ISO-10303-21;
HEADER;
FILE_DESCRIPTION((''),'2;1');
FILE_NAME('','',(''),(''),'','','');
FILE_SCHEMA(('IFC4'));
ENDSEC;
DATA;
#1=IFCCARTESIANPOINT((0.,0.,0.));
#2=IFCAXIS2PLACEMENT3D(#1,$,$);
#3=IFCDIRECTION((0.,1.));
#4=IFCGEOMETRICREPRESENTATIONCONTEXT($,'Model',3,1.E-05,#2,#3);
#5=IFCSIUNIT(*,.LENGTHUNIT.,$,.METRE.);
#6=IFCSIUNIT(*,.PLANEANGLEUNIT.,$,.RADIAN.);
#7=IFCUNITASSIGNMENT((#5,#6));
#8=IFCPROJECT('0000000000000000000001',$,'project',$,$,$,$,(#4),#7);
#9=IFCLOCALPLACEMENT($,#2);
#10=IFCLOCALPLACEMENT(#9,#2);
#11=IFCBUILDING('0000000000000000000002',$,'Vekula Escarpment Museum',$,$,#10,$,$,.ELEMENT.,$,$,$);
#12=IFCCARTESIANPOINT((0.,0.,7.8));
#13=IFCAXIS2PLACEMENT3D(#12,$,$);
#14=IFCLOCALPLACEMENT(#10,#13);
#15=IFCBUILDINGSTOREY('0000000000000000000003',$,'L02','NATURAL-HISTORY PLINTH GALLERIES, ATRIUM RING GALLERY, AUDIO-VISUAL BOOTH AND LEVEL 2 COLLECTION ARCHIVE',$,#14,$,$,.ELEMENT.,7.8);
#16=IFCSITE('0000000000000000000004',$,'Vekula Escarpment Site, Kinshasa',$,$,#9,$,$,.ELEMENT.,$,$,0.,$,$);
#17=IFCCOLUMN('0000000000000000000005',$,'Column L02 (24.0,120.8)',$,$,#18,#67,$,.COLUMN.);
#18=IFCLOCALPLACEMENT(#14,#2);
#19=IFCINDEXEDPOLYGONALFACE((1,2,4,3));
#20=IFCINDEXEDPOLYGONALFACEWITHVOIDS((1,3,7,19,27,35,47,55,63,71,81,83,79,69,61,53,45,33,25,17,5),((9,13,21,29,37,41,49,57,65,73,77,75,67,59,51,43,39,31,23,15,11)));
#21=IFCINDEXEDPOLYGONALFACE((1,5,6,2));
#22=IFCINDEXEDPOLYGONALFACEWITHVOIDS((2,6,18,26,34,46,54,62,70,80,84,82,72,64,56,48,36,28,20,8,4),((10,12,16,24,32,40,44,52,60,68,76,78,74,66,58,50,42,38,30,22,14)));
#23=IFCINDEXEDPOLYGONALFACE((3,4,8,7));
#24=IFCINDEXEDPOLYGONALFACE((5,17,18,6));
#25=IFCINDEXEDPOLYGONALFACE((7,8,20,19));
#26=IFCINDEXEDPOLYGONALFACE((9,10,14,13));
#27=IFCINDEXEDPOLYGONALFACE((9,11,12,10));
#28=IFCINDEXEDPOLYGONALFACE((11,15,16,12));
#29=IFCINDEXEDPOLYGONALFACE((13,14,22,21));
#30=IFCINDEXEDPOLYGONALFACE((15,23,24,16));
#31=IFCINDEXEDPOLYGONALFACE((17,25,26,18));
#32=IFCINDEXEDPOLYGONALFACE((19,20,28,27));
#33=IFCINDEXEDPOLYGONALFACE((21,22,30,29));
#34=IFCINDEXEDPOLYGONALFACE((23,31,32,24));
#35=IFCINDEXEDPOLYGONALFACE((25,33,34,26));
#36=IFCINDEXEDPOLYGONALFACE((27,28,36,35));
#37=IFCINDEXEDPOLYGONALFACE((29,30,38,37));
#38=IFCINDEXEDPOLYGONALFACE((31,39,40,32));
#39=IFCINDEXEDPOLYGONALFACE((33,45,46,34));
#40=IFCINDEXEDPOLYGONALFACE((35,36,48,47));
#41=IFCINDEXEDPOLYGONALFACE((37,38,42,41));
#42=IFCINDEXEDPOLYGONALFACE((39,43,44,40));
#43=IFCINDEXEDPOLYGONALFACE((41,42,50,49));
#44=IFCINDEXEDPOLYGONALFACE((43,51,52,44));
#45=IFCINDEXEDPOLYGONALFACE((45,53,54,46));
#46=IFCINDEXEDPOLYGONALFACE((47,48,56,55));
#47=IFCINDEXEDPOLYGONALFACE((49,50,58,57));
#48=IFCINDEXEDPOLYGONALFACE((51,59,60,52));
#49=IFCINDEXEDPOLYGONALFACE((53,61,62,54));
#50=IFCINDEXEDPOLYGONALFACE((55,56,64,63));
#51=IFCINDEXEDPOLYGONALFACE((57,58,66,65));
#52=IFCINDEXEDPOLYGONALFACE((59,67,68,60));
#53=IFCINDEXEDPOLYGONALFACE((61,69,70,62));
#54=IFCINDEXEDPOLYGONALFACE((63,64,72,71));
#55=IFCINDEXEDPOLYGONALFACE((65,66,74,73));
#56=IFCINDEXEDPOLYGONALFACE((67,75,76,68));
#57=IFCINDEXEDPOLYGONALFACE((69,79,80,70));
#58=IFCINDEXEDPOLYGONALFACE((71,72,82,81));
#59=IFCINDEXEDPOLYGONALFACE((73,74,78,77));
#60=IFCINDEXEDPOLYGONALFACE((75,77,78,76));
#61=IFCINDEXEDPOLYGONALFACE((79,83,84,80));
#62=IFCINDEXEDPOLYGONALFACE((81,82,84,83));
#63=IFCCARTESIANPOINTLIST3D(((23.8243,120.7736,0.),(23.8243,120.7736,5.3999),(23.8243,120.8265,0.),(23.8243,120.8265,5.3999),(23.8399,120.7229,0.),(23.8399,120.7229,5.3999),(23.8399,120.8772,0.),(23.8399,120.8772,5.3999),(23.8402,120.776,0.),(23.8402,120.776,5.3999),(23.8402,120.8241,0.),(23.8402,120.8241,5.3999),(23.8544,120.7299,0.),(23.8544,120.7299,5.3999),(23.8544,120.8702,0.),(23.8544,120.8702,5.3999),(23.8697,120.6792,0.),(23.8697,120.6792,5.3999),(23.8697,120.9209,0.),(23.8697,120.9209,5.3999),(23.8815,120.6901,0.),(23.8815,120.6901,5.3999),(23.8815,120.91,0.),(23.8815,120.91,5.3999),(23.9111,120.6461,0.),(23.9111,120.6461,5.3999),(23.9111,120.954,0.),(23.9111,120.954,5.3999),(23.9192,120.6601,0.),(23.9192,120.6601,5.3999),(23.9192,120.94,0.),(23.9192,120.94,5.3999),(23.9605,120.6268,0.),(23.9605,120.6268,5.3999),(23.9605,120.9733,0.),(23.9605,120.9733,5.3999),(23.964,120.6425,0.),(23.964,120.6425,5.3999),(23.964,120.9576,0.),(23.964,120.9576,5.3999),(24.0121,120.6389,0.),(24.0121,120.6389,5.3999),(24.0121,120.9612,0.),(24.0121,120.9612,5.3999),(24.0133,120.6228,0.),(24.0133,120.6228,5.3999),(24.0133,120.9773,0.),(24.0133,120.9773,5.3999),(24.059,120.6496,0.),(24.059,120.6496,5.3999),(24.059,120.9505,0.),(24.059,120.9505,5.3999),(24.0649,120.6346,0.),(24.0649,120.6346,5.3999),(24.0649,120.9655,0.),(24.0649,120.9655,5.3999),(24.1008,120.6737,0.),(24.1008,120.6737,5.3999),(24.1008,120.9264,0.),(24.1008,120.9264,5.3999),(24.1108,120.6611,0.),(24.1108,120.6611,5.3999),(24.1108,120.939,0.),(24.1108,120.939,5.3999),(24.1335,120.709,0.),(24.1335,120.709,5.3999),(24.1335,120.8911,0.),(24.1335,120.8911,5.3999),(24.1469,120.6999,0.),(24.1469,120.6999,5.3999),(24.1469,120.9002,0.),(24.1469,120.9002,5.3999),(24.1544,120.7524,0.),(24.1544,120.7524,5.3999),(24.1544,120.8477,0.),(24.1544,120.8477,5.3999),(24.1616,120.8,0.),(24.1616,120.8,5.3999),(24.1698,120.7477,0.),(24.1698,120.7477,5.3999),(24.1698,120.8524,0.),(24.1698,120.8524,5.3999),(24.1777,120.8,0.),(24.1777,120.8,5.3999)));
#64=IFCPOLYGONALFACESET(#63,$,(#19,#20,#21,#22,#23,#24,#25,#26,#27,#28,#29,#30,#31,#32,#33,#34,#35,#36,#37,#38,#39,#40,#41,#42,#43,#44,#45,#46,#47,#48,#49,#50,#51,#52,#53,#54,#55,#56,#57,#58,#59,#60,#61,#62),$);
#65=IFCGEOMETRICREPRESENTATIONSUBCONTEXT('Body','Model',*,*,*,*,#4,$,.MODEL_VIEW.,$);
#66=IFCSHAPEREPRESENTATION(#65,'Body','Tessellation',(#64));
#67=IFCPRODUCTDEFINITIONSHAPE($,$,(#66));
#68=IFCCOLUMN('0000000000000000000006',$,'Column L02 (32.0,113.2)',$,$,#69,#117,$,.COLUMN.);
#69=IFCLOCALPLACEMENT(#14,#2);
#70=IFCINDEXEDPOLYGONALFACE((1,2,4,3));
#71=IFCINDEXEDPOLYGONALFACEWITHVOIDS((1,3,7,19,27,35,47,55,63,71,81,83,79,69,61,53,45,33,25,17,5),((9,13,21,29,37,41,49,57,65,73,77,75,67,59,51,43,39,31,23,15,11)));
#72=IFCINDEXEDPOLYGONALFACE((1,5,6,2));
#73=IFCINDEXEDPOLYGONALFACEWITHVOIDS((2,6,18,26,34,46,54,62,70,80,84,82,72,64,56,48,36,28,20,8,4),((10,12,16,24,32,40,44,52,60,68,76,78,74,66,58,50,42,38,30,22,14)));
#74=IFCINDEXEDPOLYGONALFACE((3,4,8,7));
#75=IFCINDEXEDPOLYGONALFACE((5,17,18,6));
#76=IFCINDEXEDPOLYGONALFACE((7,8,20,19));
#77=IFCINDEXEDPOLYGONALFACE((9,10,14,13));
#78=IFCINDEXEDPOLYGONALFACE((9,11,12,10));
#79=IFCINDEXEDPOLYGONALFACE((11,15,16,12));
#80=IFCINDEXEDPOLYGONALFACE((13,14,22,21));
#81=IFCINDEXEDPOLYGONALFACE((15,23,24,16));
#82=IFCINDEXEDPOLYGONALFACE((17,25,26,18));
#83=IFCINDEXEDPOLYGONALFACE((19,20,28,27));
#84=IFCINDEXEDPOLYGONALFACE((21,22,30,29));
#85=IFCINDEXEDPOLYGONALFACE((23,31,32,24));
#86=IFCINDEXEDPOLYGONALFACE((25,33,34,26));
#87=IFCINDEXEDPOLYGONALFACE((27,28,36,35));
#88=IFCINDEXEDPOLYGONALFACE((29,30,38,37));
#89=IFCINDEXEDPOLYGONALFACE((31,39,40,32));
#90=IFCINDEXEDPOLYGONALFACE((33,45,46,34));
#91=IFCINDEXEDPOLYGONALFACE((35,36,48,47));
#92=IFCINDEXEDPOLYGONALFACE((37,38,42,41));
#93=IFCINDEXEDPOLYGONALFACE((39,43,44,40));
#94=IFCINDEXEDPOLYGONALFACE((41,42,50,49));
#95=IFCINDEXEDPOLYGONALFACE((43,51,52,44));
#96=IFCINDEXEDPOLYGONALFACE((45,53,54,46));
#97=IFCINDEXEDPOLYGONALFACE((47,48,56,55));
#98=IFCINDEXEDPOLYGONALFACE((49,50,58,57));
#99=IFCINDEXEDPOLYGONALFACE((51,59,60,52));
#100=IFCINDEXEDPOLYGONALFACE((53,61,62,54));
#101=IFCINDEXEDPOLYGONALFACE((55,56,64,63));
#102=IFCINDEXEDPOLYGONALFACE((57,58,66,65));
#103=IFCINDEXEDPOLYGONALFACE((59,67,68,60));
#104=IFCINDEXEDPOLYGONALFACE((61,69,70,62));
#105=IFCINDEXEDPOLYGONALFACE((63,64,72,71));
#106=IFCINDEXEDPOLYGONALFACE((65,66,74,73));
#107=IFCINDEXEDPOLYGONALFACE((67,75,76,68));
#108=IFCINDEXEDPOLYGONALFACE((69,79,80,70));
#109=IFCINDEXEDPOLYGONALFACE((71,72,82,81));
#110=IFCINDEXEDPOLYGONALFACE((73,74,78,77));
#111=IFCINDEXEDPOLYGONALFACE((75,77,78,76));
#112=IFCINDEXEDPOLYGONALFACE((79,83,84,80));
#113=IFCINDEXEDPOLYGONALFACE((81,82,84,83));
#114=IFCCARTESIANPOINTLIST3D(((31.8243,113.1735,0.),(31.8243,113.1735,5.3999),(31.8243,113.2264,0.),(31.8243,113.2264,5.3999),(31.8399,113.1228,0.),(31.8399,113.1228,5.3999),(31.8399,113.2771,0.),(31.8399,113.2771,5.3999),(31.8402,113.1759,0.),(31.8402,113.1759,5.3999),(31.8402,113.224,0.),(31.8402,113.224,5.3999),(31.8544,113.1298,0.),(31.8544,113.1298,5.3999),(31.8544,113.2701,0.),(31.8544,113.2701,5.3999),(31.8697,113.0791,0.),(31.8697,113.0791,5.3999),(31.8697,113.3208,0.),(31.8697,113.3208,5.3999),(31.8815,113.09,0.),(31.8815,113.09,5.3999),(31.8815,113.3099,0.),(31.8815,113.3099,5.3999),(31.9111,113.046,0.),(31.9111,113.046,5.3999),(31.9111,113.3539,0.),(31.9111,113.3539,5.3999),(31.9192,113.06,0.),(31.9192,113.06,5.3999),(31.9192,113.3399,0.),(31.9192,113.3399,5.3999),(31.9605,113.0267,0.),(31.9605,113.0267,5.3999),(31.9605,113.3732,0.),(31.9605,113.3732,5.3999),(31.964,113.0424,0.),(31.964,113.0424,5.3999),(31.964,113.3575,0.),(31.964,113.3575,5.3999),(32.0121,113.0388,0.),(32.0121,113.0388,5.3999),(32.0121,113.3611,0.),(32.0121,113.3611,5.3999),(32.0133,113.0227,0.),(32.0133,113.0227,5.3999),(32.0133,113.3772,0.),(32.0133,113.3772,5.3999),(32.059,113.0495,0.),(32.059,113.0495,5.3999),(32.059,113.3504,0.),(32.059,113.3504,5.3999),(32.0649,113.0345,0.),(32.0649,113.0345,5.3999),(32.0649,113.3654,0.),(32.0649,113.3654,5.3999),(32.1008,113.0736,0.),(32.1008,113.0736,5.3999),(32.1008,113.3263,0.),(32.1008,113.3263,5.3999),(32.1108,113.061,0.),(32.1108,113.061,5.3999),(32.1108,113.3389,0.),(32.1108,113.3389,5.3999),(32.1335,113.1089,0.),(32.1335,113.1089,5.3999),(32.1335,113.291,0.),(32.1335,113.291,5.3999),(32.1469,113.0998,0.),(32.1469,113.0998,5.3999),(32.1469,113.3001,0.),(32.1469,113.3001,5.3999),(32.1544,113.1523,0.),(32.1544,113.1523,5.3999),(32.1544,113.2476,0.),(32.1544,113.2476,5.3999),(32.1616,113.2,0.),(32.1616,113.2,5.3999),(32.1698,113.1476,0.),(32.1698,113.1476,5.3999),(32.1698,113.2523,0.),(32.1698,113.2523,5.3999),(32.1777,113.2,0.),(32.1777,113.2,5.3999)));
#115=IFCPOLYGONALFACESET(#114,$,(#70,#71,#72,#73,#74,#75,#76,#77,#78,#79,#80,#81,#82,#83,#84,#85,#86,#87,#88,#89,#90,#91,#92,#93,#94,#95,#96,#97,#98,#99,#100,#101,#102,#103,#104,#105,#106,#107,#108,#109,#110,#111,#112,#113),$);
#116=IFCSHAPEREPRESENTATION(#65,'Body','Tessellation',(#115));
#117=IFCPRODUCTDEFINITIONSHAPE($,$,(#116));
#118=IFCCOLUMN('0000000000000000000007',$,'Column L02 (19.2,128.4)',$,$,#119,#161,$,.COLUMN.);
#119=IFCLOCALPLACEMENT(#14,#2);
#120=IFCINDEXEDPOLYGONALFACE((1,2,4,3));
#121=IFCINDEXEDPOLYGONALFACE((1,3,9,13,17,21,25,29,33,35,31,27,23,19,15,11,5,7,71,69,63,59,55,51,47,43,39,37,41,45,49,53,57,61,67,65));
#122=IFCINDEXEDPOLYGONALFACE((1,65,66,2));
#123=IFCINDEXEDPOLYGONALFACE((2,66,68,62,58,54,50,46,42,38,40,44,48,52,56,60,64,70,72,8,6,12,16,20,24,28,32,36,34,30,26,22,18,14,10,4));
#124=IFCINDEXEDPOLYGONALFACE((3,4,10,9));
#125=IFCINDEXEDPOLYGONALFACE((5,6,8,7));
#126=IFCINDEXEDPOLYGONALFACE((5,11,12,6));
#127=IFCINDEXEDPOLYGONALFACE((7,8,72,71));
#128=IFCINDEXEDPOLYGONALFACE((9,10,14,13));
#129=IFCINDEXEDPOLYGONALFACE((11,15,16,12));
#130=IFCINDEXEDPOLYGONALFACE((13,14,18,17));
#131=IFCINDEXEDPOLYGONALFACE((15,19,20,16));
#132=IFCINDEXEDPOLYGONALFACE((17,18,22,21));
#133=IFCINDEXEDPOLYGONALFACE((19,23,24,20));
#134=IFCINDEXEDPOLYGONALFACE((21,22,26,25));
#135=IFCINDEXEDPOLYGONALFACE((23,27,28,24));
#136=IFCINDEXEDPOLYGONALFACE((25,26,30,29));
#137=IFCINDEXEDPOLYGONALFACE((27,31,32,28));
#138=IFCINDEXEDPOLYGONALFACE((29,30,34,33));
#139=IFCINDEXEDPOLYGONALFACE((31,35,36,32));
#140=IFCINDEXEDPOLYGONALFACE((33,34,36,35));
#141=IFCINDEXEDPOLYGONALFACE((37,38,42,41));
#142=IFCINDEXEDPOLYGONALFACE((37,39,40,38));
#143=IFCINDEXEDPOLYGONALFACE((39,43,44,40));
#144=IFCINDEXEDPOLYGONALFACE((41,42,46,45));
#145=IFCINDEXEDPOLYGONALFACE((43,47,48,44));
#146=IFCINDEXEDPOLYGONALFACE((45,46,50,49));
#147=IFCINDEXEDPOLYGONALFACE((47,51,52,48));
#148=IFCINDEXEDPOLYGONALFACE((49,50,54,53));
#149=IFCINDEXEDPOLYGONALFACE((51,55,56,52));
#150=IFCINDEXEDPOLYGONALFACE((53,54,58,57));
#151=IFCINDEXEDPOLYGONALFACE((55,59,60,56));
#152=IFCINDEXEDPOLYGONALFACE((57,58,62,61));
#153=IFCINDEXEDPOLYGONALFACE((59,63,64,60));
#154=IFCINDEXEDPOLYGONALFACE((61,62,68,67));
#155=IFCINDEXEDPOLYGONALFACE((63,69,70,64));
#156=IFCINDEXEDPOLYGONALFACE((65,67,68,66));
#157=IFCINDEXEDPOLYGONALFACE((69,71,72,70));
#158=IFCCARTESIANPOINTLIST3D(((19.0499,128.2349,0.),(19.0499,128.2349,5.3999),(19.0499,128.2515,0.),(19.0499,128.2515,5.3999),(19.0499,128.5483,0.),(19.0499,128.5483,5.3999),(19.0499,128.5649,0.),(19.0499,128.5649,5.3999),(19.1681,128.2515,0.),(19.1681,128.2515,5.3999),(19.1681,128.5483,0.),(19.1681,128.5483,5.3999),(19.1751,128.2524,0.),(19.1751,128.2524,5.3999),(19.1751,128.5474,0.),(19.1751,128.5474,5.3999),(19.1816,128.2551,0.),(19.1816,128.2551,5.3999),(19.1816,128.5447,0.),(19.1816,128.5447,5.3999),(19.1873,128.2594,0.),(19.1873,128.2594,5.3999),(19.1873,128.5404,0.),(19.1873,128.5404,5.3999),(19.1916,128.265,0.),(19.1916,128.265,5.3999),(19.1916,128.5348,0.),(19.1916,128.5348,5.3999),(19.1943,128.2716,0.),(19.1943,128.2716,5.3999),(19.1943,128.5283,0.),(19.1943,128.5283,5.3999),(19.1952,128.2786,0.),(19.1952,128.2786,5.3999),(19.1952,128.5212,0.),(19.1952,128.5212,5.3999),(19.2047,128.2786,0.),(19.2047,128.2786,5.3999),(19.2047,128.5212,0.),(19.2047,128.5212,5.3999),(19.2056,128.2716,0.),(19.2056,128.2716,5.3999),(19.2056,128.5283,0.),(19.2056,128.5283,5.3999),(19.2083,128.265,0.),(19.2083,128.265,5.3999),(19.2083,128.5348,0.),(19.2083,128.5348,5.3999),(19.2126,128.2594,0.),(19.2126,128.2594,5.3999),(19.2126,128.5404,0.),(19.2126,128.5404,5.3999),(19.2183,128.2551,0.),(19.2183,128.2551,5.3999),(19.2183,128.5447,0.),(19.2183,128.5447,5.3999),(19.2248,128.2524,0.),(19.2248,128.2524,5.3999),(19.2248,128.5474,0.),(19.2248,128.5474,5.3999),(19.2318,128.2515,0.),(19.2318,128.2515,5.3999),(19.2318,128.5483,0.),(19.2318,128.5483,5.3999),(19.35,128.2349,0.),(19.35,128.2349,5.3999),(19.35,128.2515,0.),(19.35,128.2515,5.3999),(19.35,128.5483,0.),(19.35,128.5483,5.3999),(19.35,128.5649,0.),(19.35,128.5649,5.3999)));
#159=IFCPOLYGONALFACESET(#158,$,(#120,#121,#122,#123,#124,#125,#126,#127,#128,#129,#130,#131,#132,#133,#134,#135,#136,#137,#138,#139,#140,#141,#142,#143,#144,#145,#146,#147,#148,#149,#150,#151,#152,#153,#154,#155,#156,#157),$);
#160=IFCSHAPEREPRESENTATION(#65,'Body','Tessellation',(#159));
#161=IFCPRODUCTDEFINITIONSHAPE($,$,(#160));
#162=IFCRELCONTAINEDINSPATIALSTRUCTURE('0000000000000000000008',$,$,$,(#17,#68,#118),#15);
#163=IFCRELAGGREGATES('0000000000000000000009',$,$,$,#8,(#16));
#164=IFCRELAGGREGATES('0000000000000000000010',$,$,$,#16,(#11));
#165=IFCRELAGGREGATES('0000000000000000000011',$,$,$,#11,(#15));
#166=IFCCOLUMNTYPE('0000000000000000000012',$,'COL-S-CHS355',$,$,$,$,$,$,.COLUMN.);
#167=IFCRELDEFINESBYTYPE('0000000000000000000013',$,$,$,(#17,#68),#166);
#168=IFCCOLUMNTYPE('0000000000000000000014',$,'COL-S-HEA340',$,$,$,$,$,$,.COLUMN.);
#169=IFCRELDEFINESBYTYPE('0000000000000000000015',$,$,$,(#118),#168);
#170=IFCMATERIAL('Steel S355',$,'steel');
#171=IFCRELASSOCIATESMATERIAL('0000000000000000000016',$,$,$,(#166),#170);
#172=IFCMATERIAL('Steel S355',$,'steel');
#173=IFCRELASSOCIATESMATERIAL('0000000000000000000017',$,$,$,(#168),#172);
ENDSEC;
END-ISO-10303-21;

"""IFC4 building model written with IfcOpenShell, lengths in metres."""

from ifc_helpers import new_model, si_unit, direction, frame, origin, origin_2d, place, context, subcontext, project, spatial, hollow_circle, i_section, extrude, material, material_profile, profile_set, type_object, element, save


model = new_model("IFC4")

# Units and contexts
model_context = context("Model", 3, precision=1e-05, world=origin(), true_north=direction((0.0, 1.0)))
body_context = subcontext(model_context, "Body", "Model", "MODEL_VIEW")
ifc_project = project(units=[si_unit("LENGTHUNIT", "METRE"), si_unit("PLANEANGLEUNIT", "RADIAN")], contexts=[model_context])

# Site, building, storey
site_placement = place(None, origin())
site = spatial("IfcSite", under=ifc_project, at=site_placement, Name="Vekula Escarpment Site, Kinshasa", CompositionType="ELEMENT", RefElevation=0.0)
building_placement = place(site_placement, origin())
building = spatial("IfcBuilding", under=site, at=building_placement, Name="Vekula Escarpment Museum", CompositionType="ELEMENT")
storey_placement = place(building_placement, frame((0.0, 0.0, 7.8)))
storey = spatial("IfcBuildingStorey", under=building, at=storey_placement, Name="L02", Description="NATURAL-HISTORY PLINTH GALLERIES, ATRIUM RING GALLERY, AUDIO-VISUAL BOOTH AND LEVEL 2 COLLECTION ARCHIVE", CompositionType="ELEMENT", Elevation=7.8)

# Columns
ifc_material_1 = material(Name="Steel S355", Category="steel")
ifc_material_profile_1 = material_profile(ifc_material_1, hollow_circle(Radius=0.1777, WallThickness=0.0161, at=origin_2d()), Name="CHS 355.6x16")
ifc_profile_set_1 = profile_set([ifc_material_profile_1], Name="Steel S355")
column_type_1 = type_object("IfcColumnType", Name="COL-S-CHS355", PredefinedType="COLUMN", material=ifc_profile_set_1)
for number, where, z_axis, x_axis, name in (
    (1, (24.0, 120.8, 0.0), (0.0, 0.0, 1.0), (1.0, 0.0, 0.0), "Column L02 (24.0,120.8)"),
    (2, (32.0, 113.2, 0.0), (0.0, 0.0, 1.0), (1.0, 0.0, 0.0), "Column L02 (32.0,113.2)"),
):
    element("IfcColumn", number, at=place(storey_placement, frame(where, z_axis=z_axis, x_axis=x_axis)), inside=storey, type_object=column_type_1, Name=name, PredefinedType="COLUMN", context=body_context, shape_type="SweptSolid", body=[
        extrude(hollow_circle(Radius=0.1777, WallThickness=0.0161, at=origin_2d()), origin(), (0.0, 0.0, 1.0), 5.3999),
    ])
ifc_material_2 = material(Name="Steel S355", Category="steel")
ifc_material_profile_2 = material_profile(ifc_material_2, i_section(OverallWidth=0.3, OverallDepth=0.3301, WebThickness=0.0095, FlangeThickness=0.0166, FilletRadius=0.0271, at=origin_2d()), Name="HEA 340")
ifc_profile_set_2 = profile_set([ifc_material_profile_2], Name="Steel S355")
column_type_2 = type_object("IfcColumnType", Name="COL-S-HEA340", PredefinedType="COLUMN", material=ifc_profile_set_2)
column_1_placement = place(storey_placement, frame((19.2, 128.3999, 0.0), z_axis=(0.0, 0.0, 1.0), x_axis=(1.0, 0.0, 0.0)))
element("IfcColumn", 3, at=column_1_placement, inside=storey, type_object=column_type_2, Name="Column L02 (19.2,128.4)", PredefinedType="COLUMN", context=body_context, shape_type="SweptSolid", body=[
    extrude(i_section(OverallWidth=0.3, OverallDepth=0.3301, WebThickness=0.0095, FlangeThickness=0.0166, FilletRadius=0.0271, at=origin_2d()), origin(), (0.0, 0.0, 1.0), 5.3999),
])

save(model, "model.ifc")
